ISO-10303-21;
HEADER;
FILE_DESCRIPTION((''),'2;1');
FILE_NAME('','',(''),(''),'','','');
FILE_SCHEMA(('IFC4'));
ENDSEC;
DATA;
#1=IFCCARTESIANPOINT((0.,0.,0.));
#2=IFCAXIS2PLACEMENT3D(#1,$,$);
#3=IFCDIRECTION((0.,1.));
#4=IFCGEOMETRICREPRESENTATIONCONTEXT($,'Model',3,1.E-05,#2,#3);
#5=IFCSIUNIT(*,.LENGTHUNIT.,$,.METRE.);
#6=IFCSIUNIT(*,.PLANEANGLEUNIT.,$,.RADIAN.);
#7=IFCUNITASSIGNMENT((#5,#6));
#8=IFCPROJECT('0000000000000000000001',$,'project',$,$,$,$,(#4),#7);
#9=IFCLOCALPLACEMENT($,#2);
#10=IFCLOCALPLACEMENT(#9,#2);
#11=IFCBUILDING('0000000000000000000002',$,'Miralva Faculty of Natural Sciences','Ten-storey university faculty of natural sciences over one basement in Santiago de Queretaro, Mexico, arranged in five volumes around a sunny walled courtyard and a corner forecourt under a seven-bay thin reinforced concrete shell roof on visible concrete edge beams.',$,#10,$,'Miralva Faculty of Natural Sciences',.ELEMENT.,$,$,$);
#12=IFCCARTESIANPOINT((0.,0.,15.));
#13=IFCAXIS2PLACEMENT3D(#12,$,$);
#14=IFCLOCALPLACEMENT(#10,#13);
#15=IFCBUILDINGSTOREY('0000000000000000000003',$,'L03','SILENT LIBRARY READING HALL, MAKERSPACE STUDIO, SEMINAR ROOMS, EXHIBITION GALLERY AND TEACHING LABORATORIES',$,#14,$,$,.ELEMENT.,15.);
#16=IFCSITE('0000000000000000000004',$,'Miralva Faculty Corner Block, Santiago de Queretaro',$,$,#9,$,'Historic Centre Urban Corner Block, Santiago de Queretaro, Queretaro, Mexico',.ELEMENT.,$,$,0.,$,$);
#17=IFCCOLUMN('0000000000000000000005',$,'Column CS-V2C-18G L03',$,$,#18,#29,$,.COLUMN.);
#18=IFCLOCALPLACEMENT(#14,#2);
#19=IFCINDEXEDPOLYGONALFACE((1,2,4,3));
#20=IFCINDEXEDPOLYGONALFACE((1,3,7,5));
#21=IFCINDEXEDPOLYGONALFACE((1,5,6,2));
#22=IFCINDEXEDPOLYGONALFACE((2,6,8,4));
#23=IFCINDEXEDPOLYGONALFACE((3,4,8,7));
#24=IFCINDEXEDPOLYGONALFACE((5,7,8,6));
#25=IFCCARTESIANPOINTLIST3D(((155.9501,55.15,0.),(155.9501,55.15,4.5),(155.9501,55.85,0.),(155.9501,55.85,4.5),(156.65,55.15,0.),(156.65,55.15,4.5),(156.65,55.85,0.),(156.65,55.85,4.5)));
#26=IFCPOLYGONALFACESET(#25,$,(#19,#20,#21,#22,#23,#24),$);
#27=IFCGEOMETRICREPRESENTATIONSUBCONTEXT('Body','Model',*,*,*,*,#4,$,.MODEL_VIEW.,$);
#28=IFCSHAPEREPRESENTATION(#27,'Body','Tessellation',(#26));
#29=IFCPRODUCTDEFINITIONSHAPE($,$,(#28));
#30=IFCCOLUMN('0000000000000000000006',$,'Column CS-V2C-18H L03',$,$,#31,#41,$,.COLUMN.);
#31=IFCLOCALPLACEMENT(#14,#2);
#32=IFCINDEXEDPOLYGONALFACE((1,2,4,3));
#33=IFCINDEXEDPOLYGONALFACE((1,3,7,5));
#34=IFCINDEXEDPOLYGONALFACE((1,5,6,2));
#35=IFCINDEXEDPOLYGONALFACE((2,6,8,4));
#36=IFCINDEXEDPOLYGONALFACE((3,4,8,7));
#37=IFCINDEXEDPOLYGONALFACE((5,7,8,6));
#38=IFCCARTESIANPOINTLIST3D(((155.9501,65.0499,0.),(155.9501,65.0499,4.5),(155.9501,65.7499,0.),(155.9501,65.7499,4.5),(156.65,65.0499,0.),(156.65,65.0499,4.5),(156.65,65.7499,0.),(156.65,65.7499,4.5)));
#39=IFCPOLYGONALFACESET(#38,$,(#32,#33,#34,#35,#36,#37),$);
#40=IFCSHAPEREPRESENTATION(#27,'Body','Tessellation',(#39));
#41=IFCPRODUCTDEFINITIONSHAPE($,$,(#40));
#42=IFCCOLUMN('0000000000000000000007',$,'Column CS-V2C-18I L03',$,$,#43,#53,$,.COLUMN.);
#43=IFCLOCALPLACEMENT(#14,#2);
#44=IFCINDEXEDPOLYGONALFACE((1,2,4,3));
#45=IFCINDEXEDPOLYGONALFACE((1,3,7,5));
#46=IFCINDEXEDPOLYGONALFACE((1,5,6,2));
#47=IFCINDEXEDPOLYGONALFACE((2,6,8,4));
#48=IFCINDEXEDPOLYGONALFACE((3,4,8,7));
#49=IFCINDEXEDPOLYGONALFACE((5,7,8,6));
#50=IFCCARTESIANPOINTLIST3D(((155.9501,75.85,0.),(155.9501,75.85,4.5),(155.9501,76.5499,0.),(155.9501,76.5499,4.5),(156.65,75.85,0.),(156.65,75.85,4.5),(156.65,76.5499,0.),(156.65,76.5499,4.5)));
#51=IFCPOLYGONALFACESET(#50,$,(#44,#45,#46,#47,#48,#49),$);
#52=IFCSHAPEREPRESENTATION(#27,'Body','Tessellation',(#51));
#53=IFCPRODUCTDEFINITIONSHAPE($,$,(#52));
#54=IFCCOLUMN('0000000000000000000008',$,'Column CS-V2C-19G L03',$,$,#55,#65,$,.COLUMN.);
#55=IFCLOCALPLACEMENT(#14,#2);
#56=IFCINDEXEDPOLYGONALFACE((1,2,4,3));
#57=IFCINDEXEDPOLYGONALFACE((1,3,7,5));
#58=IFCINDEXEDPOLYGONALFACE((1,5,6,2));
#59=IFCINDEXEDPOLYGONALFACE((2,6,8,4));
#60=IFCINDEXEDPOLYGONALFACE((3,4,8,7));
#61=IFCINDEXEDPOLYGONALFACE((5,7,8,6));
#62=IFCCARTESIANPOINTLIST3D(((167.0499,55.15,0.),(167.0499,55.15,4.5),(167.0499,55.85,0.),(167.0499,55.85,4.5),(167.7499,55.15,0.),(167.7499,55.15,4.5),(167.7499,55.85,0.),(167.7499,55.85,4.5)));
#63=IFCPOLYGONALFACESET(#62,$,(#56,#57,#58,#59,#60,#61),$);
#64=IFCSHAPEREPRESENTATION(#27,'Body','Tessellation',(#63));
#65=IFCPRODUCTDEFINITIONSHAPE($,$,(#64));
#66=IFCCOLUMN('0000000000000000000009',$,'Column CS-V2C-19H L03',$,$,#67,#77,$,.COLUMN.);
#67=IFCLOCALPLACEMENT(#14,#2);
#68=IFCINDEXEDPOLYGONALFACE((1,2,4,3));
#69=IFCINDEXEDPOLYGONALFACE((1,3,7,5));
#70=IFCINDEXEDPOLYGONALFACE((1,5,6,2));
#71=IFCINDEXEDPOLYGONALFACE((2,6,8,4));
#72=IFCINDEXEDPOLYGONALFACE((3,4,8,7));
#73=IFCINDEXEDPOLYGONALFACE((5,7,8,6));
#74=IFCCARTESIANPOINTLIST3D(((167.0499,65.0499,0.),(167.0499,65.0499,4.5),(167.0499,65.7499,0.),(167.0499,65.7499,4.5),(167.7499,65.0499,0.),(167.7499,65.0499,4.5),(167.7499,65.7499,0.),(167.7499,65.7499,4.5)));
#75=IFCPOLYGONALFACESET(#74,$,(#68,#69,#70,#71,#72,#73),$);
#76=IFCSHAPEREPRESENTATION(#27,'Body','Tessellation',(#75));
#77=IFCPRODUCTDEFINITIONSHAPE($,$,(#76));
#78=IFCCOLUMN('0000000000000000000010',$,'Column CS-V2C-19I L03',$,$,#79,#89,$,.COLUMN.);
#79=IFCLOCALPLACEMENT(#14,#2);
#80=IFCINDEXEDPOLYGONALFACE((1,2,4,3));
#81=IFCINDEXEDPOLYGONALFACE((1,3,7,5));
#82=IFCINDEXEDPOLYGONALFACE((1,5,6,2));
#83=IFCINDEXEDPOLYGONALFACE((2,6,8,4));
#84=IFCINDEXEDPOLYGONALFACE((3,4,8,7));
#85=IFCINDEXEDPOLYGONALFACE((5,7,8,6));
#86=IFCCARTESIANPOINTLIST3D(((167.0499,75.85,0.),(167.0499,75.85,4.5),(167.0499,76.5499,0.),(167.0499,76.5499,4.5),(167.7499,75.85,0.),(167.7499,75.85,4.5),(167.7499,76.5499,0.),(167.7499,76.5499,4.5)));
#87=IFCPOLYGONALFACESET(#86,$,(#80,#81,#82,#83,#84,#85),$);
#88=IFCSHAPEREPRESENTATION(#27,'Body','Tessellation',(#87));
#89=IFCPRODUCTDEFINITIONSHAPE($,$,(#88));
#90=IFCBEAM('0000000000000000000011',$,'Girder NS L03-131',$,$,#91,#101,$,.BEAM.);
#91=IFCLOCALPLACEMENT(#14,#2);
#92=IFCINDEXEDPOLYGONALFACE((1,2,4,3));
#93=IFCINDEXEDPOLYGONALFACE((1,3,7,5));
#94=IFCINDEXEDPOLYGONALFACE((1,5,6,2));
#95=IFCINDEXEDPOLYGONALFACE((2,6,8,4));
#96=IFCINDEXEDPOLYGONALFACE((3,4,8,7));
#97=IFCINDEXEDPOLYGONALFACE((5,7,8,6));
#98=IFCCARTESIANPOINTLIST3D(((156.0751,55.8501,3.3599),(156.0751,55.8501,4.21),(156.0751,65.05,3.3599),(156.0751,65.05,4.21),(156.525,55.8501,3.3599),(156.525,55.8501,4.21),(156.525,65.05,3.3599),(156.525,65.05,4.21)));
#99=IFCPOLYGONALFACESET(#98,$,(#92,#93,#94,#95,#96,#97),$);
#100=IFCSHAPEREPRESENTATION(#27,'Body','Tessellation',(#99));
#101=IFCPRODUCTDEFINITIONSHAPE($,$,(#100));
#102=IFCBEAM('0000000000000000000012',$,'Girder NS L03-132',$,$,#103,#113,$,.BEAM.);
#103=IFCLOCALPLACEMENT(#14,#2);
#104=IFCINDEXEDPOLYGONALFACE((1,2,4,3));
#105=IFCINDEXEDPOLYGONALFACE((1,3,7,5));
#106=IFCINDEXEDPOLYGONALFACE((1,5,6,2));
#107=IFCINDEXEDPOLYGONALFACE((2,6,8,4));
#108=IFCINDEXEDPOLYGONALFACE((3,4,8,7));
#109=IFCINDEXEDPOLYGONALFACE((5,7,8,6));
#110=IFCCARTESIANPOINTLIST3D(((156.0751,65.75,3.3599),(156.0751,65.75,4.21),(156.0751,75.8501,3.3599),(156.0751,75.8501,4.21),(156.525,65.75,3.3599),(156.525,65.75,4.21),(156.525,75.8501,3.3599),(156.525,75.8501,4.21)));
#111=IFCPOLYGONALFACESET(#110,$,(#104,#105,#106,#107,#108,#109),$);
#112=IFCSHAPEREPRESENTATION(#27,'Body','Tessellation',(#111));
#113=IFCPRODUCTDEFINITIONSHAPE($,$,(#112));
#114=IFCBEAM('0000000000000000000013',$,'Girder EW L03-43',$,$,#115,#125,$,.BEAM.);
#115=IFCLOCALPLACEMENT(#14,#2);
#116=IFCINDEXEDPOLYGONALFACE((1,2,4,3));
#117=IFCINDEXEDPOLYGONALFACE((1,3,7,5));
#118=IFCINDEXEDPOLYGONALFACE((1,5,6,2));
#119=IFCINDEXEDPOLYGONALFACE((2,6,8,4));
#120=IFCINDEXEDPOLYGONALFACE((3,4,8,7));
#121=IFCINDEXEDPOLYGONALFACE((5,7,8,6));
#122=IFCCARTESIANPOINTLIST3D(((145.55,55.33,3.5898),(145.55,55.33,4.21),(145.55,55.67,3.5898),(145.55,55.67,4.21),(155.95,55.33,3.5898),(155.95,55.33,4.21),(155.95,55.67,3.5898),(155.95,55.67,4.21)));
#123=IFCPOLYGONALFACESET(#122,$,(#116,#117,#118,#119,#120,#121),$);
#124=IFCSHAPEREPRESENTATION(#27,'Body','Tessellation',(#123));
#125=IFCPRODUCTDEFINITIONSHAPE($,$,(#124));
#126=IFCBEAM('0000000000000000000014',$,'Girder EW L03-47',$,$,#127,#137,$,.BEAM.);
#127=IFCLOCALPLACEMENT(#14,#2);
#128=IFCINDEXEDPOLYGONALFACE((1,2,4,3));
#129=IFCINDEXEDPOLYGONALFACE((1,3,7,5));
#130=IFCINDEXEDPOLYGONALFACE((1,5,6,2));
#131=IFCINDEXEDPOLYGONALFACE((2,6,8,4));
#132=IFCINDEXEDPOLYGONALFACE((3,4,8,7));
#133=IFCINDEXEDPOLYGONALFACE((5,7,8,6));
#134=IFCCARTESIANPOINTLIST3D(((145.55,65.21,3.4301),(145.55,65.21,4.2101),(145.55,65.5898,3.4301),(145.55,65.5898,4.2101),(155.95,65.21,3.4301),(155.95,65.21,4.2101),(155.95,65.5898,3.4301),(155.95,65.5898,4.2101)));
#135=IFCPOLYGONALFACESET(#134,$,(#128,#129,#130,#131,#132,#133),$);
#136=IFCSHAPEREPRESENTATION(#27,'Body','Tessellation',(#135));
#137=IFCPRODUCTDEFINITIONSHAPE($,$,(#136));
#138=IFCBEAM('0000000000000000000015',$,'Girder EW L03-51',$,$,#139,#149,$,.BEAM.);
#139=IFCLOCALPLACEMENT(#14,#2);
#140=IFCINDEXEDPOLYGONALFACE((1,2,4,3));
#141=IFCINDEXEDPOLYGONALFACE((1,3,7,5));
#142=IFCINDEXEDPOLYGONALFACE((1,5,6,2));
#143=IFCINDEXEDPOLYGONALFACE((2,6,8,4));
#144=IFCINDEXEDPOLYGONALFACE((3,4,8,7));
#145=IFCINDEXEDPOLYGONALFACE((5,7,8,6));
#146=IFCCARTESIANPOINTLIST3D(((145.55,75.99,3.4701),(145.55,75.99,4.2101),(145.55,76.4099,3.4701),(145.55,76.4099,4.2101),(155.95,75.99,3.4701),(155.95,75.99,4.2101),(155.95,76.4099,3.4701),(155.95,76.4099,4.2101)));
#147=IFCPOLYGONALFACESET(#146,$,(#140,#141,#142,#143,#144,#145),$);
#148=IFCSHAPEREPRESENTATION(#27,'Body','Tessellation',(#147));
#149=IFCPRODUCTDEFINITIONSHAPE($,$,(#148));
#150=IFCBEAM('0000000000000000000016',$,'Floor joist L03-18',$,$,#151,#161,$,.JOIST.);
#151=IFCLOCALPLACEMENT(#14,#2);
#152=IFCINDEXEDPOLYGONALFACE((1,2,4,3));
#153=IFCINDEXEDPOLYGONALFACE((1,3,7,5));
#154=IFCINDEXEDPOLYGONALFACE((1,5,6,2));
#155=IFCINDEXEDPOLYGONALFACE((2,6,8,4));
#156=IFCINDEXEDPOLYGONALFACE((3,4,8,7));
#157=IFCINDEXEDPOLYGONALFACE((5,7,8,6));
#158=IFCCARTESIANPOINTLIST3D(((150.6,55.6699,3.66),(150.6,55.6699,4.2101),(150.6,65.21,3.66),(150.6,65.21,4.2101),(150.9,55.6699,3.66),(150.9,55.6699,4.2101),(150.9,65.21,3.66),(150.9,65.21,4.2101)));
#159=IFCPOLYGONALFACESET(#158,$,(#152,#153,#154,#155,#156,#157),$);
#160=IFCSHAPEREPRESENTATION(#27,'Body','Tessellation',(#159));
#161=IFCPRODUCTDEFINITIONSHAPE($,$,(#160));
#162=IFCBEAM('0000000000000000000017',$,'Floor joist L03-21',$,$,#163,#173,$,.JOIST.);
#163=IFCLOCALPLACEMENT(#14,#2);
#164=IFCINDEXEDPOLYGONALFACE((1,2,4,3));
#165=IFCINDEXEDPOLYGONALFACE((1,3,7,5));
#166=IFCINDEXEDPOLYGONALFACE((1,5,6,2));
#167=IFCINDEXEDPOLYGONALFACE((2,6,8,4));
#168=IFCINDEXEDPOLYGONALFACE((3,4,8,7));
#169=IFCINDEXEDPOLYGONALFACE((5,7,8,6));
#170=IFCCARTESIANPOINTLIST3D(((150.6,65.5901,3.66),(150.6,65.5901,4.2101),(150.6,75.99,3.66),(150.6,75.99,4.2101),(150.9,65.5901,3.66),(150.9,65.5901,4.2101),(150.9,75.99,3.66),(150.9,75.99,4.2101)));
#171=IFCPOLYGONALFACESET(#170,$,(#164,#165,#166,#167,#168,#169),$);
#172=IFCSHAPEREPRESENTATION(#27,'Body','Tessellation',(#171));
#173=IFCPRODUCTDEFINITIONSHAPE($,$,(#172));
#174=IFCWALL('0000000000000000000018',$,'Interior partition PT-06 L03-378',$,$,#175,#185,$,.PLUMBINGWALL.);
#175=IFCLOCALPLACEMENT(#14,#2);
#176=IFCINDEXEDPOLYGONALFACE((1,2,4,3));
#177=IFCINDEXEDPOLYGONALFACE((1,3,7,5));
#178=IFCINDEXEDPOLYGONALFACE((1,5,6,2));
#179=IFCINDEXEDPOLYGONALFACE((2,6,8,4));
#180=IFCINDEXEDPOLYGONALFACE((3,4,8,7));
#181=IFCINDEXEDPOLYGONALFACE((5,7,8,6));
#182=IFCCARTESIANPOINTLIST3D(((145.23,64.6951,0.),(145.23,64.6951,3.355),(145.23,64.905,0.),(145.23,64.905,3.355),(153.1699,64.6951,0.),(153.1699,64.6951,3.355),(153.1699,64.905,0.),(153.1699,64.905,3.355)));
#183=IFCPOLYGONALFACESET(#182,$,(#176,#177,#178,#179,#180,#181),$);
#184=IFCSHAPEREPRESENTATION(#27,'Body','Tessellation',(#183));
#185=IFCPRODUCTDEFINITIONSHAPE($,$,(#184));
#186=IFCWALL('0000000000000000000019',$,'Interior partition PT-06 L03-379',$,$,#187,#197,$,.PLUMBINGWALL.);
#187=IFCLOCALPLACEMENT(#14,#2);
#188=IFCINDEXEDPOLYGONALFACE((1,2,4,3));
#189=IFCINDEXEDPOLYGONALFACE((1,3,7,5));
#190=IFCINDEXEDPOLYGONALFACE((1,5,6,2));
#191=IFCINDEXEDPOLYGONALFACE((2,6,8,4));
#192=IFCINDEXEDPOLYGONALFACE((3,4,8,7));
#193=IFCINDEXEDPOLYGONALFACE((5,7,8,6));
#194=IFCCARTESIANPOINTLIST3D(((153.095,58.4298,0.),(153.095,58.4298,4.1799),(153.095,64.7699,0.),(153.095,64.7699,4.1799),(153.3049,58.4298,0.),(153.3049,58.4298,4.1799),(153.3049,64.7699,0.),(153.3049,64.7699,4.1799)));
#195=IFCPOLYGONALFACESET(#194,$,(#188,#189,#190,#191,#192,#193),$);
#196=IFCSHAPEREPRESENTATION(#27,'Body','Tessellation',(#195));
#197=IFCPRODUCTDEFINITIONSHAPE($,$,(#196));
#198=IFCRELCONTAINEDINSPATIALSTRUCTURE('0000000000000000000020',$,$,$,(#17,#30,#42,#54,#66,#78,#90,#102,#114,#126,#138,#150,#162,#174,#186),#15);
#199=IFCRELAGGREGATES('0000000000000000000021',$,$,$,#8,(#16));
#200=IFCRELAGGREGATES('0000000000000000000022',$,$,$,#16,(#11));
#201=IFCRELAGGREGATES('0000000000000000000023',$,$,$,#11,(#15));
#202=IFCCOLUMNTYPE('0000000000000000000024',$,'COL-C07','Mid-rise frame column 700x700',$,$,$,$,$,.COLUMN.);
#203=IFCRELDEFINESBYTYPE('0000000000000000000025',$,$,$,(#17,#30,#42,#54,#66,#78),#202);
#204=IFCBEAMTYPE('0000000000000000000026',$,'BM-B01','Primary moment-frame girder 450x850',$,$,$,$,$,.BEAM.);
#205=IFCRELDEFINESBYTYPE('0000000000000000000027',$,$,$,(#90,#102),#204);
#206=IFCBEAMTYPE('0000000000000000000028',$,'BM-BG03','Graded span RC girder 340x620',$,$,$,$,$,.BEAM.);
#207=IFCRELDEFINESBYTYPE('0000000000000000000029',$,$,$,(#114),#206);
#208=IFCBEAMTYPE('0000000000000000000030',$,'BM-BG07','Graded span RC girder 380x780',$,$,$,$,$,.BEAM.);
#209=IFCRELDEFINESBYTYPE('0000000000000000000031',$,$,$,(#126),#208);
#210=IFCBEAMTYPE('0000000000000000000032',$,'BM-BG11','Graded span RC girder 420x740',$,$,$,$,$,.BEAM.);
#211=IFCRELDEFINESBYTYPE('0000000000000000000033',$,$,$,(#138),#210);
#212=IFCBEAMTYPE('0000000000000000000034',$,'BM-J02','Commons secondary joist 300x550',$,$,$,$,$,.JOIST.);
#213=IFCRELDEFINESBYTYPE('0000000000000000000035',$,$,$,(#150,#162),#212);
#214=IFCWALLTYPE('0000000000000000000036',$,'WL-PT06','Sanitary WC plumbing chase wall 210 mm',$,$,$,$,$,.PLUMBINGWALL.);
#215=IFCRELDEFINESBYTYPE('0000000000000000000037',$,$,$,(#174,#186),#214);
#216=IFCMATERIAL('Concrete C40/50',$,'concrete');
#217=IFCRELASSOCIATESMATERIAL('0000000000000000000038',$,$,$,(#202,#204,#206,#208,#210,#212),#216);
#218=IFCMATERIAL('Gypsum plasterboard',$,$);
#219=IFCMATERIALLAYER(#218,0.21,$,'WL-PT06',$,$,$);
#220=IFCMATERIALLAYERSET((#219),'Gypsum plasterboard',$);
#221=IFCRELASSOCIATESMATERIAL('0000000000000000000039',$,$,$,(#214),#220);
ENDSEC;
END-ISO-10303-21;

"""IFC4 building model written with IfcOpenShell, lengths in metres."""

from ifc_helpers import new_model, si_unit, direction, frame, frame_2d, origin, origin_2d, place, context, subcontext, project, spatial, rectangle, extrude, material, layer, layer_set, material_profile, profile_set, type_object, element, save


model = new_model("IFC4")

# Units and contexts
model_context = context("Model", 3, precision=1e-05, world=origin(), true_north=direction((0.0, 1.0)))
body_context = subcontext(model_context, "Body", "Model", "MODEL_VIEW")
ifc_project = project(units=[si_unit("LENGTHUNIT", "METRE"), si_unit("PLANEANGLEUNIT", "RADIAN")], contexts=[model_context])

# Site, building, storey
site_placement = place(None, origin())
site = spatial("IfcSite", under=ifc_project, at=site_placement, Name="Miralva Faculty Corner Block, Santiago de Queretaro", LongName="Historic Centre Urban Corner Block, Santiago de Queretaro, Queretaro, Mexico", CompositionType="ELEMENT", RefElevation=0.0)
building_placement = place(site_placement, origin())
building = spatial("IfcBuilding", under=site, at=building_placement, Name="Miralva Faculty of Natural Sciences", Description="Ten-storey university faculty of natural sciences over one basement in Santiago de Queretaro, Mexico, arranged in five volumes around a sunny walled courtyard and a corner forecourt under a seven-bay thin reinforced concrete shell roof on visible concrete edge beams.", LongName="Miralva Faculty of Natural Sciences", CompositionType="ELEMENT")
storey_placement = place(building_placement, frame((0.0, 0.0, 15.0)))
storey = spatial("IfcBuildingStorey", under=building, at=storey_placement, Name="L03", Description="SILENT LIBRARY READING HALL, MAKERSPACE STUDIO, SEMINAR ROOMS, EXHIBITION GALLERY AND TEACHING LABORATORIES", CompositionType="ELEMENT", Elevation=15.0)

# Columns
ifc_material_1 = material(Name="Concrete C40/50", Category="concrete")
ifc_material_profile_1 = material_profile(ifc_material_1, rectangle(XDim=0.7, YDim=0.7, at=origin_2d()), Name="RC 700x700")
ifc_profile_set_1 = profile_set([ifc_material_profile_1], Name="Concrete C40/50")
column_type = type_object("IfcColumnType", Name="COL-C07", Description="Mid-rise frame column 700x700", PredefinedType="COLUMN", material=ifc_profile_set_1)
for number, where, z_axis, x_axis, name in (
    (1, (156.3, 55.5, 0.0), (0.0, 0.0, 1.0), (1.0, 0.0, 0.0), "Column CS-V2C-18G L03"),
    (2, (156.3, 65.3999, 0.0), (0.0, 0.0, 1.0), (1.0, 0.0, 0.0), "Column CS-V2C-18H L03"),
    (3, (156.3, 76.2, 0.0), (0.0, 0.0, 1.0), (1.0, 0.0, 0.0), "Column CS-V2C-18I L03"),
    (4, (167.3999, 55.5, 0.0), (0.0, 0.0, 1.0), (1.0, 0.0, 0.0), "Column CS-V2C-19G L03"),
    (5, (167.3999, 65.3999, 0.0), (0.0, 0.0, 1.0), (1.0, 0.0, 0.0), "Column CS-V2C-19H L03"),
    (6, (167.3999, 76.2, 0.0), (0.0, 0.0, 1.0), (1.0, 0.0, 0.0), "Column CS-V2C-19I L03"),
):
    element("IfcColumn", number, at=place(storey_placement, frame(where, z_axis=z_axis, x_axis=x_axis)), inside=storey, type_object=column_type, Name=name, PredefinedType="COLUMN", context=body_context, shape_type="SweptSolid", body=[
        extrude(rectangle(XDim=0.7, YDim=0.7, at=origin_2d()), origin(), (0.0, 0.0, 1.0), 4.5),
    ])

# Beams
ifc_material_profile_2 = material_profile(ifc_material_1, rectangle(XDim=0.45, YDim=0.8501, at=origin_2d()), Name="RC 450x850")
ifc_profile_set_2 = profile_set([ifc_material_profile_2], Name="Concrete C40/50")
beam_type_1 = type_object("IfcBeamType", Name="BM-B01", Description="Primary moment-frame girder 450x850", PredefinedType="BEAM", material=ifc_profile_set_2)
beam_1_placement = place(storey_placement, frame((156.3, 55.8501, 3.7849), z_axis=(0.0, 1.0, 0.0), x_axis=(-1.0, 0.0, 0.0)))
element("IfcBeam", 7, at=beam_1_placement, inside=storey, type_object=beam_type_1, Name="Girder NS L03-131", PredefinedType="BEAM", context=body_context, shape_type="SweptSolid", body=[
    extrude(rectangle(XDim=0.45, YDim=0.8501, at=origin_2d()), origin(), (0.0, 0.0, 1.0), 9.2),
])
beam_2_placement = place(storey_placement, frame((156.3, 65.75, 3.7849), z_axis=(0.0, 1.0, 0.0), x_axis=(-1.0, 0.0, 0.0)))
element("IfcBeam", 8, at=beam_2_placement, inside=storey, type_object=beam_type_1, Name="Girder NS L03-132", PredefinedType="BEAM", context=body_context, shape_type="SweptSolid", body=[
    extrude(rectangle(XDim=0.45, YDim=0.8501, at=origin_2d()), origin(), (0.0, 0.0, 1.0), 10.1001),
])
ifc_material_profile_3 = material_profile(ifc_material_1, rectangle(XDim=0.3401, YDim=0.6201, at=origin_2d()), Name="RC 340x620")
ifc_profile_set_3 = profile_set([ifc_material_profile_3], Name="Concrete C40/50")
beam_type_2 = type_object("IfcBeamType", Name="BM-BG03", Description="Graded span RC girder 340x620", PredefinedType="BEAM", material=ifc_profile_set_3)
beam_3_placement = place(storey_placement, frame((145.55, 55.5, 3.8999), z_axis=(1.0, 0.0, 0.0), x_axis=(0.0, 1.0, 0.0)))
element("IfcBeam", 9, at=beam_3_placement, inside=storey, type_object=beam_type_2, Name="Girder EW L03-43", PredefinedType="BEAM", context=body_context, shape_type="SweptSolid", body=[
    extrude(rectangle(XDim=0.3401, YDim=0.6201, at=origin_2d()), origin(), (0.0, 0.0, 1.0), 10.3999),
])
ifc_material_profile_4 = material_profile(ifc_material_1, rectangle(XDim=0.3799, YDim=0.78, at=origin_2d()), Name="RC 380x780")
ifc_profile_set_4 = profile_set([ifc_material_profile_4], Name="Concrete C40/50")
beam_type_3 = type_object("IfcBeamType", Name="BM-BG07", Description="Graded span RC girder 380x780", PredefinedType="BEAM", material=ifc_profile_set_4)
beam_4_placement = place(storey_placement, frame((145.55, 65.3999, 3.8201), z_axis=(1.0, 0.0, 0.0), x_axis=(0.0, 1.0, 0.0)))
element("IfcBeam", 10, at=beam_4_placement, inside=storey, type_object=beam_type_3, Name="Girder EW L03-47", PredefinedType="BEAM", context=body_context, shape_type="SweptSolid", body=[
    extrude(rectangle(XDim=0.3799, YDim=0.78, at=origin_2d()), origin(), (0.0, 0.0, 1.0), 10.3999),
])
ifc_material_profile_5 = material_profile(ifc_material_1, rectangle(XDim=0.4199, YDim=0.74, at=origin_2d()), Name="RC 420x740")
ifc_profile_set_5 = profile_set([ifc_material_profile_5], Name="Concrete C40/50")
beam_type_4 = type_object("IfcBeamType", Name="BM-BG11", Description="Graded span RC girder 420x740", PredefinedType="BEAM", material=ifc_profile_set_5)
beam_5_placement = place(storey_placement, frame((145.55, 76.2, 3.8401), z_axis=(1.0, 0.0, 0.0), x_axis=(0.0, 1.0, 0.0)))
element("IfcBeam", 11, at=beam_5_placement, inside=storey, type_object=beam_type_4, Name="Girder EW L03-51", PredefinedType="BEAM", context=body_context, shape_type="SweptSolid", body=[
    extrude(rectangle(XDim=0.4199, YDim=0.74, at=origin_2d()), origin(), (0.0, 0.0, 1.0), 10.3999),
])
ifc_material_profile_6 = material_profile(ifc_material_1, rectangle(XDim=0.3, YDim=0.55, at=origin_2d()), Name="RC 300x550")
ifc_profile_set_6 = profile_set([ifc_material_profile_6], Name="Concrete C40/50")
beam_type_5 = type_object("IfcBeamType", Name="BM-J02", Description="Commons secondary joist 300x550", PredefinedType="JOIST", material=ifc_profile_set_6)
beam_6_placement = place(storey_placement, frame((150.75, 55.6699, 3.9351), z_axis=(0.0, 1.0, 0.0), x_axis=(-1.0, 0.0, 0.0)))
element("IfcBeam", 12, at=beam_6_placement, inside=storey, type_object=beam_type_5, Name="Floor joist L03-18", PredefinedType="JOIST", context=body_context, shape_type="SweptSolid", body=[
    extrude(rectangle(XDim=0.3, YDim=0.55, at=origin_2d()), origin(), (0.0, 0.0, 1.0), 9.54),
])
beam_7_placement = place(storey_placement, frame((150.75, 65.5901, 3.9351), z_axis=(0.0, 1.0, 0.0), x_axis=(-1.0, 0.0, 0.0)))
element("IfcBeam", 13, at=beam_7_placement, inside=storey, type_object=beam_type_5, Name="Floor joist L03-21", PredefinedType="JOIST", context=body_context, shape_type="SweptSolid", body=[
    extrude(rectangle(XDim=0.3, YDim=0.55, at=origin_2d()), origin(), (0.0, 0.0, 1.0), 10.3999),
])

# Walls
ifc_material_2 = material(Name="Gypsum plasterboard")
ifc_layer_1 = layer(ifc_material_2, 0.21, Name="WL-PT06")
ifc_layer_set_1 = layer_set([ifc_layer_1], Name="Gypsum plasterboard")
wall_type_1 = type_object("IfcWallType", Name="WL-PT06", Description="Sanitary WC plumbing chase wall 210 mm", PredefinedType="PLUMBINGWALL", material=ifc_layer_set_1)
wall_1_placement = place(storey_placement, frame((145.23, 64.8, 0.0), z_axis=(0.0, 0.0, 1.0), x_axis=(1.0, 0.0, 0.0)))
element("IfcWall", 14, at=wall_1_placement, inside=storey, type_object=wall_type_1, Name="Interior partition PT-06 L03-378", PredefinedType="PLUMBINGWALL", context=body_context, shape_type="SweptSolid", body=[
    extrude(rectangle(XDim=7.9399, YDim=0.21, at=frame_2d((3.97, 0.0))), origin(), (0.0, 0.0, 1.0), 3.355),
])
wall_2_placement = place(storey_placement, frame((153.2, 58.4299, 0.0), z_axis=(0.0, 0.0, 1.0), x_axis=(0.0, 1.0, 0.0)))
element("IfcWall", 15, at=wall_2_placement, inside=storey, type_object=wall_type_1, Name="Interior partition PT-06 L03-379", PredefinedType="PLUMBINGWALL", context=body_context, shape_type="SweptSolid", body=[
    extrude(rectangle(XDim=6.3401, YDim=0.21, at=frame_2d((3.1699, 0.0))), origin(), (0.0, 0.0, 1.0), 4.1799),
])

save(model, "model.ifc")
